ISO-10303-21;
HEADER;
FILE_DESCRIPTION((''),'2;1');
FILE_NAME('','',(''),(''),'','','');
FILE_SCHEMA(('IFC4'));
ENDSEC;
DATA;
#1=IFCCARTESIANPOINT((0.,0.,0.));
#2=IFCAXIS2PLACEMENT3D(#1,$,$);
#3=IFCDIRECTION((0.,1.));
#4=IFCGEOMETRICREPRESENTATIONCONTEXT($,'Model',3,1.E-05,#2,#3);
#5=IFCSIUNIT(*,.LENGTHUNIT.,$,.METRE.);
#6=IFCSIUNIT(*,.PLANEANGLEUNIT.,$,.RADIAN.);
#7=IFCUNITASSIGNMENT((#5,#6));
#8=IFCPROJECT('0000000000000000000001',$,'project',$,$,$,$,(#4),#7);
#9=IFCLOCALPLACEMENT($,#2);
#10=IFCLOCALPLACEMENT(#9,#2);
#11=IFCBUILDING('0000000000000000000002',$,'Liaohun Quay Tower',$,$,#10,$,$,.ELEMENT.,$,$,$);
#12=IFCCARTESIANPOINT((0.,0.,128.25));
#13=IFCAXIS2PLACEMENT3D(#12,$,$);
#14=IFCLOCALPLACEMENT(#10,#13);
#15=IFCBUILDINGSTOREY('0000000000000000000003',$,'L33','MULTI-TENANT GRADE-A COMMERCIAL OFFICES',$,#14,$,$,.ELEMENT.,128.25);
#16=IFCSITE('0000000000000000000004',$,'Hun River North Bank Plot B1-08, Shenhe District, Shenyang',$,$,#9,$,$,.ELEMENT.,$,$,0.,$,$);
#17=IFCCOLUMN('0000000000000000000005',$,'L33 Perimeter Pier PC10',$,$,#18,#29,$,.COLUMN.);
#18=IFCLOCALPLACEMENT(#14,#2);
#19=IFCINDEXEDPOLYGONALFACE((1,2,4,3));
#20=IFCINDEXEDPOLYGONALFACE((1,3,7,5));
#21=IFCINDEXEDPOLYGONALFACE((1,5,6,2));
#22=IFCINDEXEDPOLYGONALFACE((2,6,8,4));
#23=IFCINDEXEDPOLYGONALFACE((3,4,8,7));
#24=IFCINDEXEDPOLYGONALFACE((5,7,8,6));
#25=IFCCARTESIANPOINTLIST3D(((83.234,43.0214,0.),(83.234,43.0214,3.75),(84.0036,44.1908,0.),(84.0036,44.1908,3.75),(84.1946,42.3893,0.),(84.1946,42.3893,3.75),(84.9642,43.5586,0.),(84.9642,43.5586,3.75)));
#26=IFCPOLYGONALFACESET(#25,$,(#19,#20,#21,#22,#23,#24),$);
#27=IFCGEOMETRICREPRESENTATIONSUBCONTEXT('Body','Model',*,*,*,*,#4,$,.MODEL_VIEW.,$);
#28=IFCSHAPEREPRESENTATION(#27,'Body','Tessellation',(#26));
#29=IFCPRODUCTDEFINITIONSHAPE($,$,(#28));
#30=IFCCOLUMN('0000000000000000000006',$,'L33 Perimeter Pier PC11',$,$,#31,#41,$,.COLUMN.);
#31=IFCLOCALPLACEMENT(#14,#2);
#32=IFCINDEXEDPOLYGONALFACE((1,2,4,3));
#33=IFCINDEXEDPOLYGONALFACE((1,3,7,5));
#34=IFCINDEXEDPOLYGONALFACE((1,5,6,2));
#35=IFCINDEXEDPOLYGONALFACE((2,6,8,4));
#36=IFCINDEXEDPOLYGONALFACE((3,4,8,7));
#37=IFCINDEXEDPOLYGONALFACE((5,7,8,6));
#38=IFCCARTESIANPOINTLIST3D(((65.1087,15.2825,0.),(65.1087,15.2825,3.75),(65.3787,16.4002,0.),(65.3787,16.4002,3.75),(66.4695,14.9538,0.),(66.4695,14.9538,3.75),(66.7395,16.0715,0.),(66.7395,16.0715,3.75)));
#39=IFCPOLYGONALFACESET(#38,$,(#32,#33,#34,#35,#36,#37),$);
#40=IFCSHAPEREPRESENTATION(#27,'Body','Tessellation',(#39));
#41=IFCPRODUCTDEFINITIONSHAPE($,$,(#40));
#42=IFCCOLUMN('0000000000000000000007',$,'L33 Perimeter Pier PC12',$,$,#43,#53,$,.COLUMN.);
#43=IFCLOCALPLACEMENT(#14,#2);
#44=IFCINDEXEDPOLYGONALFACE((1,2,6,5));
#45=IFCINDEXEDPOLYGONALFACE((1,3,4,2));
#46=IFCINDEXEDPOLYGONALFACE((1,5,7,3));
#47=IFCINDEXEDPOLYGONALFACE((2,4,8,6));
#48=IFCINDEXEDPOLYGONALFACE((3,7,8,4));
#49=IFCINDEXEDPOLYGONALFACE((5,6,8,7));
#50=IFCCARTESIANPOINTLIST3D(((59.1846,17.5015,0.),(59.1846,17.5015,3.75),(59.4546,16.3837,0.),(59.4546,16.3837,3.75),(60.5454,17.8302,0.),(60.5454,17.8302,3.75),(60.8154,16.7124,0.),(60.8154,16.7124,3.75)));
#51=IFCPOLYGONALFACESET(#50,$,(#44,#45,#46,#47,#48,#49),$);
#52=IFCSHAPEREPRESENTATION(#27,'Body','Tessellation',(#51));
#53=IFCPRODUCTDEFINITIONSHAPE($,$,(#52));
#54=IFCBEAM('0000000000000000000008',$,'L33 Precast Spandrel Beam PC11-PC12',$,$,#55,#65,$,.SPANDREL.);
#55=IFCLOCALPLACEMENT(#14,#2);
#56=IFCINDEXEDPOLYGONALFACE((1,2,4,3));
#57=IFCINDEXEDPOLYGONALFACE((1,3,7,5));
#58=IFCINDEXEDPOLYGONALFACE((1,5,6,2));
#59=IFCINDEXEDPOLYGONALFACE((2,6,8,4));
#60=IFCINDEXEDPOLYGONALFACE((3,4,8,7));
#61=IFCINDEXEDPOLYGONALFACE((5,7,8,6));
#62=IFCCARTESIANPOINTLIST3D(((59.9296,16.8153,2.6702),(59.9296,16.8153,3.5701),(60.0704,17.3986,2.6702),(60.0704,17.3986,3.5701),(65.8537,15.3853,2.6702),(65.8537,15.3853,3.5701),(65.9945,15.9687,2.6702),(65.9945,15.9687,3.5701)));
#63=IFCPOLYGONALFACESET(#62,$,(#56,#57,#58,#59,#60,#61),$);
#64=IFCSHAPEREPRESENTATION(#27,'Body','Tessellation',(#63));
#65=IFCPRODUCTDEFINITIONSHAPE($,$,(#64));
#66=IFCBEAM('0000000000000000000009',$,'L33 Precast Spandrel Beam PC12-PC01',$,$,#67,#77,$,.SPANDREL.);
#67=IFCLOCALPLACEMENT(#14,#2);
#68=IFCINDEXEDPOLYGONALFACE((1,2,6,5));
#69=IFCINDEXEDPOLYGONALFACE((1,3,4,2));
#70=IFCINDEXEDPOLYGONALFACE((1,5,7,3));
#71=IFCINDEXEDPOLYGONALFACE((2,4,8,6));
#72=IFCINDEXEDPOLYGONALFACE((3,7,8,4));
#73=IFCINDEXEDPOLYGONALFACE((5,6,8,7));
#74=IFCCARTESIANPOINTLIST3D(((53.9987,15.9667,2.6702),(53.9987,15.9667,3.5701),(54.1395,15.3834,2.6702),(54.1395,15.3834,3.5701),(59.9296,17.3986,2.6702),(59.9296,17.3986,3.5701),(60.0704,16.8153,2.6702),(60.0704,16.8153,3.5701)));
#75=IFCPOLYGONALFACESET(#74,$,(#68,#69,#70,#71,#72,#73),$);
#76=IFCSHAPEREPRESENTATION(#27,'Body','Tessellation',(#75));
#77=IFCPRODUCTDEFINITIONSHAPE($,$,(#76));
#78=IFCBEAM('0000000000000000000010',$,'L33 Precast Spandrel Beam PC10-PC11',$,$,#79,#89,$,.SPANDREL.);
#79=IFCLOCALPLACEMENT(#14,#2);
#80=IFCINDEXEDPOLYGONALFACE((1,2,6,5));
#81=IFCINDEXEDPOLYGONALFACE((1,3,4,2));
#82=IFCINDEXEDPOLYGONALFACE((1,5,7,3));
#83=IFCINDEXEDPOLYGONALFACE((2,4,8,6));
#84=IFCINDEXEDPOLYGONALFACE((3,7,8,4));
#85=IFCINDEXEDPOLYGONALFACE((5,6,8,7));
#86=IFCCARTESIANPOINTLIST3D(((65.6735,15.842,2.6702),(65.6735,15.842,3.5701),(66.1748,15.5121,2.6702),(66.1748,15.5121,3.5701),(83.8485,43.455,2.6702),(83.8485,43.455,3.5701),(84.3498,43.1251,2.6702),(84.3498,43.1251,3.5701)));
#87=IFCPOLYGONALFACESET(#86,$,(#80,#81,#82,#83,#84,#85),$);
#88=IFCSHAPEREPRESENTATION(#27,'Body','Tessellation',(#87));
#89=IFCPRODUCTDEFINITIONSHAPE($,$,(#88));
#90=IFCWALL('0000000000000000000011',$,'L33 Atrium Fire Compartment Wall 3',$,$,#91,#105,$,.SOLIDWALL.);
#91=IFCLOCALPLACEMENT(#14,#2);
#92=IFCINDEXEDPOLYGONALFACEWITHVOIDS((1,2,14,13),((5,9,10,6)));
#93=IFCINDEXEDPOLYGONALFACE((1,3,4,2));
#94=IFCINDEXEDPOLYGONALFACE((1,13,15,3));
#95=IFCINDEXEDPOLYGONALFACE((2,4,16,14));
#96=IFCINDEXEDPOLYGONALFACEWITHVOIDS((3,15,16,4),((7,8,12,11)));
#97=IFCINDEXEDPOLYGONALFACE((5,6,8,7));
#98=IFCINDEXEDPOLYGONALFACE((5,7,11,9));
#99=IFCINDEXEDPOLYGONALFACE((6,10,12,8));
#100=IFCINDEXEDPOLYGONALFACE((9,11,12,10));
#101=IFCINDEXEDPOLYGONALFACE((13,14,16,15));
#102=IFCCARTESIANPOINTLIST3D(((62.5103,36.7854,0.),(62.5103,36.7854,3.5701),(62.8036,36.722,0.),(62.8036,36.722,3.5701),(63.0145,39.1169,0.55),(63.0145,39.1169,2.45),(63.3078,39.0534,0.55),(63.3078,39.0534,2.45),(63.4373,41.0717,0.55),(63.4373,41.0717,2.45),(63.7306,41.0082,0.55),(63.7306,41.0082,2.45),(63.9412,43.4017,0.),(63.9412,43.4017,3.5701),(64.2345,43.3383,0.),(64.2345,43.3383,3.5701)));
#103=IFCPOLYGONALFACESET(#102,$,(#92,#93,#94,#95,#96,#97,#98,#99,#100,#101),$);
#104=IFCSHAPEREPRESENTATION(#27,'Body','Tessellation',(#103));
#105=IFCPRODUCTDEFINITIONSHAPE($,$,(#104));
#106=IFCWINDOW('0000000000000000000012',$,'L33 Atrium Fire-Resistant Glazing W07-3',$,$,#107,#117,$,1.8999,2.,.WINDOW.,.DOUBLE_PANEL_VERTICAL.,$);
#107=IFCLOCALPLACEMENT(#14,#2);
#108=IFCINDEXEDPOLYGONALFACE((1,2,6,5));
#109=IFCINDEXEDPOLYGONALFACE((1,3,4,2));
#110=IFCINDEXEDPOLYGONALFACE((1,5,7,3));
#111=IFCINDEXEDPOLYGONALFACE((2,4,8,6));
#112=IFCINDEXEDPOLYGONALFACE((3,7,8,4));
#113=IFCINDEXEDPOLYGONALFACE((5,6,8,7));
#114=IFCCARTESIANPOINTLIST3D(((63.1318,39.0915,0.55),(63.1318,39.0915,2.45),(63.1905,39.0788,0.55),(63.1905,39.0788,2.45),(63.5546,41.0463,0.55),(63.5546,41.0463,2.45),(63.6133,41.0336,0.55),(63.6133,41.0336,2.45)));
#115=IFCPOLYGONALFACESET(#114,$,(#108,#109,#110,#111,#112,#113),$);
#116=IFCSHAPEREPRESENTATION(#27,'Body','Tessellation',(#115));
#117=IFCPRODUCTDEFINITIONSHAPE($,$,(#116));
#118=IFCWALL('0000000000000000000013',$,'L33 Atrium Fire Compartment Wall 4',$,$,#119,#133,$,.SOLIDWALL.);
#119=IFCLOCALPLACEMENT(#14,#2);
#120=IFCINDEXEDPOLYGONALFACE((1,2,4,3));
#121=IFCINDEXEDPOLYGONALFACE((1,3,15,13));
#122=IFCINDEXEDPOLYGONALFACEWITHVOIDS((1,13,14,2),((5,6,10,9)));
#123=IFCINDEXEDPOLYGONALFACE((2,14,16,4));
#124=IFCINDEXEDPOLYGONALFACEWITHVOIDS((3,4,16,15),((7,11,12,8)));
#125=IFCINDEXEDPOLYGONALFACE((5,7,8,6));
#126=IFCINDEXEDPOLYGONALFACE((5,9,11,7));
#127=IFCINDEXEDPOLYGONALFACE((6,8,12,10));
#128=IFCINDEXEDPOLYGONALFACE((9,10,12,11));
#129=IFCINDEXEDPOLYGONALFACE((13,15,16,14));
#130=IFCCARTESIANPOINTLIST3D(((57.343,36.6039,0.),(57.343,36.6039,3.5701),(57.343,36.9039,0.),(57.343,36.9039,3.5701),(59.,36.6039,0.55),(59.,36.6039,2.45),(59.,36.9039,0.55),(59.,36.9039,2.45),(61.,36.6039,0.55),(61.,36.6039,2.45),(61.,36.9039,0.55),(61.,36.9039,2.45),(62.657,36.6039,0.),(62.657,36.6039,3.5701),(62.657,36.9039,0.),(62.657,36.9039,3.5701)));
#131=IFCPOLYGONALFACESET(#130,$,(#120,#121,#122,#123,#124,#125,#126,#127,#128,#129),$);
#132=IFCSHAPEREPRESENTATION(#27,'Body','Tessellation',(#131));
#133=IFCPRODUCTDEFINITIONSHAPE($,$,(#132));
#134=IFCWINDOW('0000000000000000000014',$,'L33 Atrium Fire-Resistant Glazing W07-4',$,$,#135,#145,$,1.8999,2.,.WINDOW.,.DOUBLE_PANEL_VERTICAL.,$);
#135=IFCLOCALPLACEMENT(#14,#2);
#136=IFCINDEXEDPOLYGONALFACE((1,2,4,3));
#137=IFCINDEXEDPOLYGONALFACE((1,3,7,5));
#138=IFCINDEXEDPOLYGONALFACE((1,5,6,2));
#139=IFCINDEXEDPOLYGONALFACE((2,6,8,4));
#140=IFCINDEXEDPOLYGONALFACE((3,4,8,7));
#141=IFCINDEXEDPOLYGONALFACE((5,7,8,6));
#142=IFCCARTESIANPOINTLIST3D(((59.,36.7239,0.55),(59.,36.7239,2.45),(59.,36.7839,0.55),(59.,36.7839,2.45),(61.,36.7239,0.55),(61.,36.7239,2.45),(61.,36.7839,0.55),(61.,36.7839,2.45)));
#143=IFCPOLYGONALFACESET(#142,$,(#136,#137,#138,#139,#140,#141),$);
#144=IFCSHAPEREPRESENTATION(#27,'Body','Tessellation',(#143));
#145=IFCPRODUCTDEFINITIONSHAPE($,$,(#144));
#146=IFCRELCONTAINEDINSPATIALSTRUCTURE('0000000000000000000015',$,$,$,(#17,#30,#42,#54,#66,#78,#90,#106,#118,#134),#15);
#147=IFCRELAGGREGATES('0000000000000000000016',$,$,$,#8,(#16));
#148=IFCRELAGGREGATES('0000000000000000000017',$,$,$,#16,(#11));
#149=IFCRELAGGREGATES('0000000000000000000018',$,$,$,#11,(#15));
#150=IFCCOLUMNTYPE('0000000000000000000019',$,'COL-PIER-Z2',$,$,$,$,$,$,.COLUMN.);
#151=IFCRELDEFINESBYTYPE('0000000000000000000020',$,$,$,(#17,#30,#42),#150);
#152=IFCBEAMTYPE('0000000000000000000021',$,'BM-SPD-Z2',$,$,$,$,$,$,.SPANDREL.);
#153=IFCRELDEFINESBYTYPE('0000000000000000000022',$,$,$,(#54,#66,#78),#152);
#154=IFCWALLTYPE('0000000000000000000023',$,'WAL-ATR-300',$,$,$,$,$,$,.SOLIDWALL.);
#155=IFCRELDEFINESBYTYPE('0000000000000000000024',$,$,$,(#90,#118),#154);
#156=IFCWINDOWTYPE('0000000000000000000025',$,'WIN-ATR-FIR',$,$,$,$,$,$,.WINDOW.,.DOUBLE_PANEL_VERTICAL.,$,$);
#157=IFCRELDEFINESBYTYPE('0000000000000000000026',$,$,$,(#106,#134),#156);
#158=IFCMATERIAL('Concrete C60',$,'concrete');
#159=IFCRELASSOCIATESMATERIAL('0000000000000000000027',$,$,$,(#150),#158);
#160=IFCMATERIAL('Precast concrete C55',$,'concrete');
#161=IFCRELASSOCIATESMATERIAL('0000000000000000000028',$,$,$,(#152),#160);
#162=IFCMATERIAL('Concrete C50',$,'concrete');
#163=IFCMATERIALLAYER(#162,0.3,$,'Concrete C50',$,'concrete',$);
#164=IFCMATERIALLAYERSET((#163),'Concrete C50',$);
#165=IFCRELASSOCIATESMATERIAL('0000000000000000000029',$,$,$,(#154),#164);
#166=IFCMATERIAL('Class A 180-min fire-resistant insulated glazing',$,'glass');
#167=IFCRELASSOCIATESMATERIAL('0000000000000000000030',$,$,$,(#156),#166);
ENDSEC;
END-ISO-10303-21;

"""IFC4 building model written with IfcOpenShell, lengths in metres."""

from ifc_helpers import new_model, si_unit, direction, frame, frame_2d, origin, origin_2d, place, context, subcontext, project, spatial, rectangle, extrude, source, transform, mapped, material, layer, layer_set, material_profile, profile_set, type_object, element, fill, save


model = new_model("IFC4")

# Units and contexts
model_context = context("Model", 3, precision=1e-05, world=origin(), true_north=direction((0.0, 1.0)))
body_context = subcontext(model_context, "Body", "Model", "MODEL_VIEW")
ifc_project = project(units=[si_unit("LENGTHUNIT", "METRE"), si_unit("PLANEANGLEUNIT", "RADIAN")], contexts=[model_context])

# Site, building, storey
site_placement = place(None, origin())
site = spatial("IfcSite", under=ifc_project, at=site_placement, Name="Hun River North Bank Plot B1-08, Shenhe District, Shenyang", CompositionType="ELEMENT", RefElevation=0.0)
building_placement = place(site_placement, origin())
building = spatial("IfcBuilding", under=site, at=building_placement, Name="Liaohun Quay Tower", CompositionType="ELEMENT")
storey_placement = place(building_placement, frame((0.0, 0.0, 128.25)))
storey = spatial("IfcBuildingStorey", under=building, at=storey_placement, Name="L33", Description="MULTI-TENANT GRADE-A COMMERCIAL OFFICES", CompositionType="ELEMENT", Elevation=128.25)

# Columns
ifc_material_1 = material(Name="Concrete C60", Category="concrete")
ifc_material_profile_1 = material_profile(ifc_material_1, rectangle(XDim=1.3999, YDim=1.1499, at=origin_2d()), Name="RC1400x1150")
ifc_profile_set_1 = profile_set([ifc_material_profile_1], Name="Concrete C60")
column_type = type_object("IfcColumnType", Name="COL-PIER-Z2", PredefinedType="COLUMN", material=ifc_profile_set_1)
shared_shape_1 = source(origin(), body_context, "Body", "SweptSolid", [
    extrude(rectangle(XDim=1.3999, YDim=1.1499, at=origin_2d()), origin(), (0.0, 0.0, 1.0), 3.75),
])
for number, where, z_axis, x_axis, name in (
    (1, (84.0991, 43.29, 0.0), (0.0, 0.0, 1.0), (0.549752, 0.835328, 0.0), "L33 Perimeter Pier PC10"),
    (2, (65.9241, 15.677, 0.0), (0.0, 0.0, 1.0), (-0.972043, 0.234803, 0.0), "L33 Perimeter Pier PC11"),
    (3, (60.0, 17.1069, 0.0), (0.0, 0.0, 1.0), (0.972043, 0.234803, 0.0), "L33 Perimeter Pier PC12"),
):
    element("IfcColumn", number, at=place(storey_placement, frame(where, z_axis=z_axis, x_axis=x_axis)), inside=storey, type_object=column_type, Name=name, PredefinedType="COLUMN", context=body_context, shape_type="MappedRepresentation", body=[
        mapped(shared_shape_1, transform((0.0, 0.0, 0.0), x_axis=(1.0, 0.0, 0.0), y_axis=(0.0, 1.0, 0.0), z_axis=(0.0, 0.0, 1.0), scale=1.0)),
    ])

# Beams
ifc_material_2 = material(Name="Precast concrete C55", Category="concrete")
ifc_material_profile_2 = material_profile(ifc_material_2, rectangle(XDim=0.6001, YDim=0.8999, at=origin_2d()), Name="RC600x900")
ifc_profile_set_2 = profile_set([ifc_material_profile_2], Name="Precast concrete C55")
beam_type = type_object("IfcBeamType", Name="BM-SPD-Z2", PredefinedType="SPANDREL", material=ifc_profile_set_2)
shared_shape_2 = source(origin(), body_context, "Body", "SweptSolid", [
    extrude(rectangle(XDim=0.6001, YDim=0.8999, at=origin_2d()), origin(), (0.0, 0.0, 1.0), 6.0942),
])
beam_1_placement = place(storey_placement, frame((65.9241, 15.677, 3.1201), z_axis=(-0.972083, 0.234638, 0.0), x_axis=(-0.234638, -0.972083, 0.0)))
element("IfcBeam", 4, at=beam_1_placement, inside=storey, type_object=beam_type, Name="L33 Precast Spandrel Beam PC11-PC12", PredefinedType="SPANDREL", context=body_context, shape_type="MappedRepresentation", body=[
    mapped(shared_shape_2, transform((0.0, 0.0, 0.0), x_axis=(1.0, 0.0, 0.0), y_axis=(0.0, 1.0, 0.0), z_axis=(0.0, 0.0, 1.0), scale=1.0)),
])
shared_shape_3 = source(origin(), body_context, "Body", "SweptSolid", [
    extrude(rectangle(XDim=0.6001, YDim=0.8999, at=origin_2d()), origin(), (0.0, 0.0, 1.0), 6.1013),
])
beam_2_placement = place(storey_placement, frame((60.0, 17.1069, 3.1201), z_axis=(-0.972072, -0.234685, 0.0), x_axis=(0.234685, -0.972072, 0.0)))
element("IfcBeam", 5, at=beam_2_placement, inside=storey, type_object=beam_type, Name="L33 Precast Spandrel Beam PC12-PC01", PredefinedType="SPANDREL", context=body_context, shape_type="MappedRepresentation", body=[
    mapped(shared_shape_3, transform((0.0, 0.0, 0.0), x_axis=(1.0, 0.0, 0.0), y_axis=(0.0, 1.0, 0.0), z_axis=(0.0, 0.0, 1.0), scale=1.0)),
])
shared_shape_4 = source(origin(), body_context, "Body", "SweptSolid", [
    extrude(rectangle(XDim=0.6001, YDim=0.8999, at=origin_2d()), origin(), (0.0, 0.0, 1.0), 33.0576),
])
beam_3_placement = place(storey_placement, frame((84.0991, 43.29, 3.1201), z_axis=(-0.549798, -0.835298, 0.0), x_axis=(0.835298, -0.549798, 0.0)))
element("IfcBeam", 6, at=beam_3_placement, inside=storey, type_object=beam_type, Name="L33 Precast Spandrel Beam PC10-PC11", PredefinedType="SPANDREL", context=body_context, shape_type="MappedRepresentation", body=[
    mapped(shared_shape_4, transform((0.0, 0.0, 0.0), x_axis=(1.0, 0.0, 0.0), y_axis=(0.0, 1.0, 0.0), z_axis=(0.0, 0.0, 1.0), scale=1.0)),
])

# Walls, openings, windows
ifc_material_3 = material(Name="Concrete C50", Category="concrete")
ifc_layer_1 = layer(ifc_material_3, 0.3, Name="Concrete C50", Category="concrete")
ifc_layer_set_1 = layer_set([ifc_layer_1], Name="Concrete C50")
wall_type_1 = type_object("IfcWallType", Name="WAL-ATR-300", PredefinedType="SOLIDWALL", material=ifc_layer_set_1)
wall_1_placement = place(storey_placement, frame((64.0879, 43.3701, 0.0), z_axis=(0.0, 0.0, 1.0), x_axis=(-0.211386, -0.977403, 0.0)))
wall_1 = element("IfcWall", 7, at=wall_1_placement, inside=storey, type_object=wall_type_1, Name="L33 Atrium Fire Compartment Wall 3", PredefinedType="SOLIDWALL", context=body_context, shape_type="SweptSolid", body=[
    extrude(rectangle(XDim=6.7693, YDim=0.3, at=frame_2d((3.3848, 0.0))), origin(), (0.0, 0.0, 1.0), 3.5701),
])
shared_shape_5 = source(origin(), body_context, "Body", "SweptSolid", [
    extrude(rectangle(XDim=2.0, YDim=1.8999, at=frame_2d((1.0, 0.95))), frame((0.0, 0.1599, 0.0), z_axis=(0.0, -1.0, 0.0), x_axis=(1.0, 0.0, 0.0)), (0.0, 0.0, 1.0), 0.3201),
])
opening_1_placement = place(wall_1_placement, frame((2.384, 0.0, 0.55)))
opening_1 = element("IfcOpeningElement", 8, at=opening_1_placement, cuts=wall_1, PredefinedType="OPENING", context=body_context, shape_type="MappedRepresentation", body=[
    mapped(shared_shape_5, transform((0.0, 0.0, 0.0), x_axis=(1.0, 0.0, 0.0), y_axis=(0.0, 1.0, 0.0), z_axis=(0.0, 0.0, 1.0), scale=1.0)),
])
ifc_material_4 = material(Name="Class A 180-min fire-resistant insulated glazing", Category="glass")
window_type_1 = type_object("IfcWindowType", Name="WIN-ATR-FIR", PartitioningType="DOUBLE_PANEL_VERTICAL", PredefinedType="WINDOW", material=ifc_material_4)
shared_shape_6 = source(origin(), body_context, "Body", "SweptSolid", [
    extrude(rectangle(XDim=2.0, YDim=1.8999, at=frame_2d((1.0, 0.95))), frame((0.0, 0.03, 0.0), z_axis=(0.0, -1.0, 0.0), x_axis=(1.0, 0.0, 0.0)), (0.0, 0.0, 1.0), 0.0601),
])
window_1_placement = place(opening_1_placement, origin())
window_1 = element("IfcWindow", 9, at=window_1_placement, inside=storey, type_object=window_type_1, Name="L33 Atrium Fire-Resistant Glazing W07-3", OverallHeight=1.8999, OverallWidth=2.0, PartitioningType="DOUBLE_PANEL_VERTICAL", PredefinedType="WINDOW", context=body_context, shape_type="MappedRepresentation", body=[
    mapped(shared_shape_6, transform((0.0, 0.0, 0.0), x_axis=(1.0, 0.0, 0.0), y_axis=(0.0, 1.0, 0.0), z_axis=(0.0, 0.0, 1.0), scale=1.0)),
])
fill(opening_1, window_1)
wall_2_placement = place(storey_placement, frame((62.657, 36.7539, 0.0), z_axis=(0.0, 0.0, 1.0), x_axis=(-1.0, 0.0, 0.0)))
wall_2 = element("IfcWall", 10, at=wall_2_placement, inside=storey, type_object=wall_type_1, Name="L33 Atrium Fire Compartment Wall 4", PredefinedType="SOLIDWALL", context=body_context, shape_type="SweptSolid", body=[
    extrude(rectangle(XDim=5.314, YDim=0.3, at=frame_2d((2.657, 0.0))), origin(), (0.0, 0.0, 1.0), 3.5701),
])
opening_2_placement = place(wall_2_placement, frame((1.657, 0.0, 0.55)))
opening_2 = element("IfcOpeningElement", 11, at=opening_2_placement, cuts=wall_2, PredefinedType="OPENING", context=body_context, shape_type="MappedRepresentation", body=[
    mapped(shared_shape_5, transform((0.0, 0.0, 0.0), x_axis=(1.0, 0.0, 0.0), y_axis=(0.0, 1.0, 0.0), z_axis=(0.0, 0.0, 1.0), scale=1.0)),
])
window_2_placement = place(opening_2_placement, origin())
window_2 = element("IfcWindow", 12, at=window_2_placement, inside=storey, type_object=window_type_1, Name="L33 Atrium Fire-Resistant Glazing W07-4", OverallHeight=1.8999, OverallWidth=2.0, PartitioningType="DOUBLE_PANEL_VERTICAL", PredefinedType="WINDOW", context=body_context, shape_type="MappedRepresentation", body=[
    mapped(shared_shape_6, transform((0.0, 0.0, 0.0), x_axis=(1.0, 0.0, 0.0), y_axis=(0.0, 1.0, 0.0), z_axis=(0.0, 0.0, 1.0), scale=1.0)),
])
fill(opening_2, window_2)

save(model, "model.ifc")
